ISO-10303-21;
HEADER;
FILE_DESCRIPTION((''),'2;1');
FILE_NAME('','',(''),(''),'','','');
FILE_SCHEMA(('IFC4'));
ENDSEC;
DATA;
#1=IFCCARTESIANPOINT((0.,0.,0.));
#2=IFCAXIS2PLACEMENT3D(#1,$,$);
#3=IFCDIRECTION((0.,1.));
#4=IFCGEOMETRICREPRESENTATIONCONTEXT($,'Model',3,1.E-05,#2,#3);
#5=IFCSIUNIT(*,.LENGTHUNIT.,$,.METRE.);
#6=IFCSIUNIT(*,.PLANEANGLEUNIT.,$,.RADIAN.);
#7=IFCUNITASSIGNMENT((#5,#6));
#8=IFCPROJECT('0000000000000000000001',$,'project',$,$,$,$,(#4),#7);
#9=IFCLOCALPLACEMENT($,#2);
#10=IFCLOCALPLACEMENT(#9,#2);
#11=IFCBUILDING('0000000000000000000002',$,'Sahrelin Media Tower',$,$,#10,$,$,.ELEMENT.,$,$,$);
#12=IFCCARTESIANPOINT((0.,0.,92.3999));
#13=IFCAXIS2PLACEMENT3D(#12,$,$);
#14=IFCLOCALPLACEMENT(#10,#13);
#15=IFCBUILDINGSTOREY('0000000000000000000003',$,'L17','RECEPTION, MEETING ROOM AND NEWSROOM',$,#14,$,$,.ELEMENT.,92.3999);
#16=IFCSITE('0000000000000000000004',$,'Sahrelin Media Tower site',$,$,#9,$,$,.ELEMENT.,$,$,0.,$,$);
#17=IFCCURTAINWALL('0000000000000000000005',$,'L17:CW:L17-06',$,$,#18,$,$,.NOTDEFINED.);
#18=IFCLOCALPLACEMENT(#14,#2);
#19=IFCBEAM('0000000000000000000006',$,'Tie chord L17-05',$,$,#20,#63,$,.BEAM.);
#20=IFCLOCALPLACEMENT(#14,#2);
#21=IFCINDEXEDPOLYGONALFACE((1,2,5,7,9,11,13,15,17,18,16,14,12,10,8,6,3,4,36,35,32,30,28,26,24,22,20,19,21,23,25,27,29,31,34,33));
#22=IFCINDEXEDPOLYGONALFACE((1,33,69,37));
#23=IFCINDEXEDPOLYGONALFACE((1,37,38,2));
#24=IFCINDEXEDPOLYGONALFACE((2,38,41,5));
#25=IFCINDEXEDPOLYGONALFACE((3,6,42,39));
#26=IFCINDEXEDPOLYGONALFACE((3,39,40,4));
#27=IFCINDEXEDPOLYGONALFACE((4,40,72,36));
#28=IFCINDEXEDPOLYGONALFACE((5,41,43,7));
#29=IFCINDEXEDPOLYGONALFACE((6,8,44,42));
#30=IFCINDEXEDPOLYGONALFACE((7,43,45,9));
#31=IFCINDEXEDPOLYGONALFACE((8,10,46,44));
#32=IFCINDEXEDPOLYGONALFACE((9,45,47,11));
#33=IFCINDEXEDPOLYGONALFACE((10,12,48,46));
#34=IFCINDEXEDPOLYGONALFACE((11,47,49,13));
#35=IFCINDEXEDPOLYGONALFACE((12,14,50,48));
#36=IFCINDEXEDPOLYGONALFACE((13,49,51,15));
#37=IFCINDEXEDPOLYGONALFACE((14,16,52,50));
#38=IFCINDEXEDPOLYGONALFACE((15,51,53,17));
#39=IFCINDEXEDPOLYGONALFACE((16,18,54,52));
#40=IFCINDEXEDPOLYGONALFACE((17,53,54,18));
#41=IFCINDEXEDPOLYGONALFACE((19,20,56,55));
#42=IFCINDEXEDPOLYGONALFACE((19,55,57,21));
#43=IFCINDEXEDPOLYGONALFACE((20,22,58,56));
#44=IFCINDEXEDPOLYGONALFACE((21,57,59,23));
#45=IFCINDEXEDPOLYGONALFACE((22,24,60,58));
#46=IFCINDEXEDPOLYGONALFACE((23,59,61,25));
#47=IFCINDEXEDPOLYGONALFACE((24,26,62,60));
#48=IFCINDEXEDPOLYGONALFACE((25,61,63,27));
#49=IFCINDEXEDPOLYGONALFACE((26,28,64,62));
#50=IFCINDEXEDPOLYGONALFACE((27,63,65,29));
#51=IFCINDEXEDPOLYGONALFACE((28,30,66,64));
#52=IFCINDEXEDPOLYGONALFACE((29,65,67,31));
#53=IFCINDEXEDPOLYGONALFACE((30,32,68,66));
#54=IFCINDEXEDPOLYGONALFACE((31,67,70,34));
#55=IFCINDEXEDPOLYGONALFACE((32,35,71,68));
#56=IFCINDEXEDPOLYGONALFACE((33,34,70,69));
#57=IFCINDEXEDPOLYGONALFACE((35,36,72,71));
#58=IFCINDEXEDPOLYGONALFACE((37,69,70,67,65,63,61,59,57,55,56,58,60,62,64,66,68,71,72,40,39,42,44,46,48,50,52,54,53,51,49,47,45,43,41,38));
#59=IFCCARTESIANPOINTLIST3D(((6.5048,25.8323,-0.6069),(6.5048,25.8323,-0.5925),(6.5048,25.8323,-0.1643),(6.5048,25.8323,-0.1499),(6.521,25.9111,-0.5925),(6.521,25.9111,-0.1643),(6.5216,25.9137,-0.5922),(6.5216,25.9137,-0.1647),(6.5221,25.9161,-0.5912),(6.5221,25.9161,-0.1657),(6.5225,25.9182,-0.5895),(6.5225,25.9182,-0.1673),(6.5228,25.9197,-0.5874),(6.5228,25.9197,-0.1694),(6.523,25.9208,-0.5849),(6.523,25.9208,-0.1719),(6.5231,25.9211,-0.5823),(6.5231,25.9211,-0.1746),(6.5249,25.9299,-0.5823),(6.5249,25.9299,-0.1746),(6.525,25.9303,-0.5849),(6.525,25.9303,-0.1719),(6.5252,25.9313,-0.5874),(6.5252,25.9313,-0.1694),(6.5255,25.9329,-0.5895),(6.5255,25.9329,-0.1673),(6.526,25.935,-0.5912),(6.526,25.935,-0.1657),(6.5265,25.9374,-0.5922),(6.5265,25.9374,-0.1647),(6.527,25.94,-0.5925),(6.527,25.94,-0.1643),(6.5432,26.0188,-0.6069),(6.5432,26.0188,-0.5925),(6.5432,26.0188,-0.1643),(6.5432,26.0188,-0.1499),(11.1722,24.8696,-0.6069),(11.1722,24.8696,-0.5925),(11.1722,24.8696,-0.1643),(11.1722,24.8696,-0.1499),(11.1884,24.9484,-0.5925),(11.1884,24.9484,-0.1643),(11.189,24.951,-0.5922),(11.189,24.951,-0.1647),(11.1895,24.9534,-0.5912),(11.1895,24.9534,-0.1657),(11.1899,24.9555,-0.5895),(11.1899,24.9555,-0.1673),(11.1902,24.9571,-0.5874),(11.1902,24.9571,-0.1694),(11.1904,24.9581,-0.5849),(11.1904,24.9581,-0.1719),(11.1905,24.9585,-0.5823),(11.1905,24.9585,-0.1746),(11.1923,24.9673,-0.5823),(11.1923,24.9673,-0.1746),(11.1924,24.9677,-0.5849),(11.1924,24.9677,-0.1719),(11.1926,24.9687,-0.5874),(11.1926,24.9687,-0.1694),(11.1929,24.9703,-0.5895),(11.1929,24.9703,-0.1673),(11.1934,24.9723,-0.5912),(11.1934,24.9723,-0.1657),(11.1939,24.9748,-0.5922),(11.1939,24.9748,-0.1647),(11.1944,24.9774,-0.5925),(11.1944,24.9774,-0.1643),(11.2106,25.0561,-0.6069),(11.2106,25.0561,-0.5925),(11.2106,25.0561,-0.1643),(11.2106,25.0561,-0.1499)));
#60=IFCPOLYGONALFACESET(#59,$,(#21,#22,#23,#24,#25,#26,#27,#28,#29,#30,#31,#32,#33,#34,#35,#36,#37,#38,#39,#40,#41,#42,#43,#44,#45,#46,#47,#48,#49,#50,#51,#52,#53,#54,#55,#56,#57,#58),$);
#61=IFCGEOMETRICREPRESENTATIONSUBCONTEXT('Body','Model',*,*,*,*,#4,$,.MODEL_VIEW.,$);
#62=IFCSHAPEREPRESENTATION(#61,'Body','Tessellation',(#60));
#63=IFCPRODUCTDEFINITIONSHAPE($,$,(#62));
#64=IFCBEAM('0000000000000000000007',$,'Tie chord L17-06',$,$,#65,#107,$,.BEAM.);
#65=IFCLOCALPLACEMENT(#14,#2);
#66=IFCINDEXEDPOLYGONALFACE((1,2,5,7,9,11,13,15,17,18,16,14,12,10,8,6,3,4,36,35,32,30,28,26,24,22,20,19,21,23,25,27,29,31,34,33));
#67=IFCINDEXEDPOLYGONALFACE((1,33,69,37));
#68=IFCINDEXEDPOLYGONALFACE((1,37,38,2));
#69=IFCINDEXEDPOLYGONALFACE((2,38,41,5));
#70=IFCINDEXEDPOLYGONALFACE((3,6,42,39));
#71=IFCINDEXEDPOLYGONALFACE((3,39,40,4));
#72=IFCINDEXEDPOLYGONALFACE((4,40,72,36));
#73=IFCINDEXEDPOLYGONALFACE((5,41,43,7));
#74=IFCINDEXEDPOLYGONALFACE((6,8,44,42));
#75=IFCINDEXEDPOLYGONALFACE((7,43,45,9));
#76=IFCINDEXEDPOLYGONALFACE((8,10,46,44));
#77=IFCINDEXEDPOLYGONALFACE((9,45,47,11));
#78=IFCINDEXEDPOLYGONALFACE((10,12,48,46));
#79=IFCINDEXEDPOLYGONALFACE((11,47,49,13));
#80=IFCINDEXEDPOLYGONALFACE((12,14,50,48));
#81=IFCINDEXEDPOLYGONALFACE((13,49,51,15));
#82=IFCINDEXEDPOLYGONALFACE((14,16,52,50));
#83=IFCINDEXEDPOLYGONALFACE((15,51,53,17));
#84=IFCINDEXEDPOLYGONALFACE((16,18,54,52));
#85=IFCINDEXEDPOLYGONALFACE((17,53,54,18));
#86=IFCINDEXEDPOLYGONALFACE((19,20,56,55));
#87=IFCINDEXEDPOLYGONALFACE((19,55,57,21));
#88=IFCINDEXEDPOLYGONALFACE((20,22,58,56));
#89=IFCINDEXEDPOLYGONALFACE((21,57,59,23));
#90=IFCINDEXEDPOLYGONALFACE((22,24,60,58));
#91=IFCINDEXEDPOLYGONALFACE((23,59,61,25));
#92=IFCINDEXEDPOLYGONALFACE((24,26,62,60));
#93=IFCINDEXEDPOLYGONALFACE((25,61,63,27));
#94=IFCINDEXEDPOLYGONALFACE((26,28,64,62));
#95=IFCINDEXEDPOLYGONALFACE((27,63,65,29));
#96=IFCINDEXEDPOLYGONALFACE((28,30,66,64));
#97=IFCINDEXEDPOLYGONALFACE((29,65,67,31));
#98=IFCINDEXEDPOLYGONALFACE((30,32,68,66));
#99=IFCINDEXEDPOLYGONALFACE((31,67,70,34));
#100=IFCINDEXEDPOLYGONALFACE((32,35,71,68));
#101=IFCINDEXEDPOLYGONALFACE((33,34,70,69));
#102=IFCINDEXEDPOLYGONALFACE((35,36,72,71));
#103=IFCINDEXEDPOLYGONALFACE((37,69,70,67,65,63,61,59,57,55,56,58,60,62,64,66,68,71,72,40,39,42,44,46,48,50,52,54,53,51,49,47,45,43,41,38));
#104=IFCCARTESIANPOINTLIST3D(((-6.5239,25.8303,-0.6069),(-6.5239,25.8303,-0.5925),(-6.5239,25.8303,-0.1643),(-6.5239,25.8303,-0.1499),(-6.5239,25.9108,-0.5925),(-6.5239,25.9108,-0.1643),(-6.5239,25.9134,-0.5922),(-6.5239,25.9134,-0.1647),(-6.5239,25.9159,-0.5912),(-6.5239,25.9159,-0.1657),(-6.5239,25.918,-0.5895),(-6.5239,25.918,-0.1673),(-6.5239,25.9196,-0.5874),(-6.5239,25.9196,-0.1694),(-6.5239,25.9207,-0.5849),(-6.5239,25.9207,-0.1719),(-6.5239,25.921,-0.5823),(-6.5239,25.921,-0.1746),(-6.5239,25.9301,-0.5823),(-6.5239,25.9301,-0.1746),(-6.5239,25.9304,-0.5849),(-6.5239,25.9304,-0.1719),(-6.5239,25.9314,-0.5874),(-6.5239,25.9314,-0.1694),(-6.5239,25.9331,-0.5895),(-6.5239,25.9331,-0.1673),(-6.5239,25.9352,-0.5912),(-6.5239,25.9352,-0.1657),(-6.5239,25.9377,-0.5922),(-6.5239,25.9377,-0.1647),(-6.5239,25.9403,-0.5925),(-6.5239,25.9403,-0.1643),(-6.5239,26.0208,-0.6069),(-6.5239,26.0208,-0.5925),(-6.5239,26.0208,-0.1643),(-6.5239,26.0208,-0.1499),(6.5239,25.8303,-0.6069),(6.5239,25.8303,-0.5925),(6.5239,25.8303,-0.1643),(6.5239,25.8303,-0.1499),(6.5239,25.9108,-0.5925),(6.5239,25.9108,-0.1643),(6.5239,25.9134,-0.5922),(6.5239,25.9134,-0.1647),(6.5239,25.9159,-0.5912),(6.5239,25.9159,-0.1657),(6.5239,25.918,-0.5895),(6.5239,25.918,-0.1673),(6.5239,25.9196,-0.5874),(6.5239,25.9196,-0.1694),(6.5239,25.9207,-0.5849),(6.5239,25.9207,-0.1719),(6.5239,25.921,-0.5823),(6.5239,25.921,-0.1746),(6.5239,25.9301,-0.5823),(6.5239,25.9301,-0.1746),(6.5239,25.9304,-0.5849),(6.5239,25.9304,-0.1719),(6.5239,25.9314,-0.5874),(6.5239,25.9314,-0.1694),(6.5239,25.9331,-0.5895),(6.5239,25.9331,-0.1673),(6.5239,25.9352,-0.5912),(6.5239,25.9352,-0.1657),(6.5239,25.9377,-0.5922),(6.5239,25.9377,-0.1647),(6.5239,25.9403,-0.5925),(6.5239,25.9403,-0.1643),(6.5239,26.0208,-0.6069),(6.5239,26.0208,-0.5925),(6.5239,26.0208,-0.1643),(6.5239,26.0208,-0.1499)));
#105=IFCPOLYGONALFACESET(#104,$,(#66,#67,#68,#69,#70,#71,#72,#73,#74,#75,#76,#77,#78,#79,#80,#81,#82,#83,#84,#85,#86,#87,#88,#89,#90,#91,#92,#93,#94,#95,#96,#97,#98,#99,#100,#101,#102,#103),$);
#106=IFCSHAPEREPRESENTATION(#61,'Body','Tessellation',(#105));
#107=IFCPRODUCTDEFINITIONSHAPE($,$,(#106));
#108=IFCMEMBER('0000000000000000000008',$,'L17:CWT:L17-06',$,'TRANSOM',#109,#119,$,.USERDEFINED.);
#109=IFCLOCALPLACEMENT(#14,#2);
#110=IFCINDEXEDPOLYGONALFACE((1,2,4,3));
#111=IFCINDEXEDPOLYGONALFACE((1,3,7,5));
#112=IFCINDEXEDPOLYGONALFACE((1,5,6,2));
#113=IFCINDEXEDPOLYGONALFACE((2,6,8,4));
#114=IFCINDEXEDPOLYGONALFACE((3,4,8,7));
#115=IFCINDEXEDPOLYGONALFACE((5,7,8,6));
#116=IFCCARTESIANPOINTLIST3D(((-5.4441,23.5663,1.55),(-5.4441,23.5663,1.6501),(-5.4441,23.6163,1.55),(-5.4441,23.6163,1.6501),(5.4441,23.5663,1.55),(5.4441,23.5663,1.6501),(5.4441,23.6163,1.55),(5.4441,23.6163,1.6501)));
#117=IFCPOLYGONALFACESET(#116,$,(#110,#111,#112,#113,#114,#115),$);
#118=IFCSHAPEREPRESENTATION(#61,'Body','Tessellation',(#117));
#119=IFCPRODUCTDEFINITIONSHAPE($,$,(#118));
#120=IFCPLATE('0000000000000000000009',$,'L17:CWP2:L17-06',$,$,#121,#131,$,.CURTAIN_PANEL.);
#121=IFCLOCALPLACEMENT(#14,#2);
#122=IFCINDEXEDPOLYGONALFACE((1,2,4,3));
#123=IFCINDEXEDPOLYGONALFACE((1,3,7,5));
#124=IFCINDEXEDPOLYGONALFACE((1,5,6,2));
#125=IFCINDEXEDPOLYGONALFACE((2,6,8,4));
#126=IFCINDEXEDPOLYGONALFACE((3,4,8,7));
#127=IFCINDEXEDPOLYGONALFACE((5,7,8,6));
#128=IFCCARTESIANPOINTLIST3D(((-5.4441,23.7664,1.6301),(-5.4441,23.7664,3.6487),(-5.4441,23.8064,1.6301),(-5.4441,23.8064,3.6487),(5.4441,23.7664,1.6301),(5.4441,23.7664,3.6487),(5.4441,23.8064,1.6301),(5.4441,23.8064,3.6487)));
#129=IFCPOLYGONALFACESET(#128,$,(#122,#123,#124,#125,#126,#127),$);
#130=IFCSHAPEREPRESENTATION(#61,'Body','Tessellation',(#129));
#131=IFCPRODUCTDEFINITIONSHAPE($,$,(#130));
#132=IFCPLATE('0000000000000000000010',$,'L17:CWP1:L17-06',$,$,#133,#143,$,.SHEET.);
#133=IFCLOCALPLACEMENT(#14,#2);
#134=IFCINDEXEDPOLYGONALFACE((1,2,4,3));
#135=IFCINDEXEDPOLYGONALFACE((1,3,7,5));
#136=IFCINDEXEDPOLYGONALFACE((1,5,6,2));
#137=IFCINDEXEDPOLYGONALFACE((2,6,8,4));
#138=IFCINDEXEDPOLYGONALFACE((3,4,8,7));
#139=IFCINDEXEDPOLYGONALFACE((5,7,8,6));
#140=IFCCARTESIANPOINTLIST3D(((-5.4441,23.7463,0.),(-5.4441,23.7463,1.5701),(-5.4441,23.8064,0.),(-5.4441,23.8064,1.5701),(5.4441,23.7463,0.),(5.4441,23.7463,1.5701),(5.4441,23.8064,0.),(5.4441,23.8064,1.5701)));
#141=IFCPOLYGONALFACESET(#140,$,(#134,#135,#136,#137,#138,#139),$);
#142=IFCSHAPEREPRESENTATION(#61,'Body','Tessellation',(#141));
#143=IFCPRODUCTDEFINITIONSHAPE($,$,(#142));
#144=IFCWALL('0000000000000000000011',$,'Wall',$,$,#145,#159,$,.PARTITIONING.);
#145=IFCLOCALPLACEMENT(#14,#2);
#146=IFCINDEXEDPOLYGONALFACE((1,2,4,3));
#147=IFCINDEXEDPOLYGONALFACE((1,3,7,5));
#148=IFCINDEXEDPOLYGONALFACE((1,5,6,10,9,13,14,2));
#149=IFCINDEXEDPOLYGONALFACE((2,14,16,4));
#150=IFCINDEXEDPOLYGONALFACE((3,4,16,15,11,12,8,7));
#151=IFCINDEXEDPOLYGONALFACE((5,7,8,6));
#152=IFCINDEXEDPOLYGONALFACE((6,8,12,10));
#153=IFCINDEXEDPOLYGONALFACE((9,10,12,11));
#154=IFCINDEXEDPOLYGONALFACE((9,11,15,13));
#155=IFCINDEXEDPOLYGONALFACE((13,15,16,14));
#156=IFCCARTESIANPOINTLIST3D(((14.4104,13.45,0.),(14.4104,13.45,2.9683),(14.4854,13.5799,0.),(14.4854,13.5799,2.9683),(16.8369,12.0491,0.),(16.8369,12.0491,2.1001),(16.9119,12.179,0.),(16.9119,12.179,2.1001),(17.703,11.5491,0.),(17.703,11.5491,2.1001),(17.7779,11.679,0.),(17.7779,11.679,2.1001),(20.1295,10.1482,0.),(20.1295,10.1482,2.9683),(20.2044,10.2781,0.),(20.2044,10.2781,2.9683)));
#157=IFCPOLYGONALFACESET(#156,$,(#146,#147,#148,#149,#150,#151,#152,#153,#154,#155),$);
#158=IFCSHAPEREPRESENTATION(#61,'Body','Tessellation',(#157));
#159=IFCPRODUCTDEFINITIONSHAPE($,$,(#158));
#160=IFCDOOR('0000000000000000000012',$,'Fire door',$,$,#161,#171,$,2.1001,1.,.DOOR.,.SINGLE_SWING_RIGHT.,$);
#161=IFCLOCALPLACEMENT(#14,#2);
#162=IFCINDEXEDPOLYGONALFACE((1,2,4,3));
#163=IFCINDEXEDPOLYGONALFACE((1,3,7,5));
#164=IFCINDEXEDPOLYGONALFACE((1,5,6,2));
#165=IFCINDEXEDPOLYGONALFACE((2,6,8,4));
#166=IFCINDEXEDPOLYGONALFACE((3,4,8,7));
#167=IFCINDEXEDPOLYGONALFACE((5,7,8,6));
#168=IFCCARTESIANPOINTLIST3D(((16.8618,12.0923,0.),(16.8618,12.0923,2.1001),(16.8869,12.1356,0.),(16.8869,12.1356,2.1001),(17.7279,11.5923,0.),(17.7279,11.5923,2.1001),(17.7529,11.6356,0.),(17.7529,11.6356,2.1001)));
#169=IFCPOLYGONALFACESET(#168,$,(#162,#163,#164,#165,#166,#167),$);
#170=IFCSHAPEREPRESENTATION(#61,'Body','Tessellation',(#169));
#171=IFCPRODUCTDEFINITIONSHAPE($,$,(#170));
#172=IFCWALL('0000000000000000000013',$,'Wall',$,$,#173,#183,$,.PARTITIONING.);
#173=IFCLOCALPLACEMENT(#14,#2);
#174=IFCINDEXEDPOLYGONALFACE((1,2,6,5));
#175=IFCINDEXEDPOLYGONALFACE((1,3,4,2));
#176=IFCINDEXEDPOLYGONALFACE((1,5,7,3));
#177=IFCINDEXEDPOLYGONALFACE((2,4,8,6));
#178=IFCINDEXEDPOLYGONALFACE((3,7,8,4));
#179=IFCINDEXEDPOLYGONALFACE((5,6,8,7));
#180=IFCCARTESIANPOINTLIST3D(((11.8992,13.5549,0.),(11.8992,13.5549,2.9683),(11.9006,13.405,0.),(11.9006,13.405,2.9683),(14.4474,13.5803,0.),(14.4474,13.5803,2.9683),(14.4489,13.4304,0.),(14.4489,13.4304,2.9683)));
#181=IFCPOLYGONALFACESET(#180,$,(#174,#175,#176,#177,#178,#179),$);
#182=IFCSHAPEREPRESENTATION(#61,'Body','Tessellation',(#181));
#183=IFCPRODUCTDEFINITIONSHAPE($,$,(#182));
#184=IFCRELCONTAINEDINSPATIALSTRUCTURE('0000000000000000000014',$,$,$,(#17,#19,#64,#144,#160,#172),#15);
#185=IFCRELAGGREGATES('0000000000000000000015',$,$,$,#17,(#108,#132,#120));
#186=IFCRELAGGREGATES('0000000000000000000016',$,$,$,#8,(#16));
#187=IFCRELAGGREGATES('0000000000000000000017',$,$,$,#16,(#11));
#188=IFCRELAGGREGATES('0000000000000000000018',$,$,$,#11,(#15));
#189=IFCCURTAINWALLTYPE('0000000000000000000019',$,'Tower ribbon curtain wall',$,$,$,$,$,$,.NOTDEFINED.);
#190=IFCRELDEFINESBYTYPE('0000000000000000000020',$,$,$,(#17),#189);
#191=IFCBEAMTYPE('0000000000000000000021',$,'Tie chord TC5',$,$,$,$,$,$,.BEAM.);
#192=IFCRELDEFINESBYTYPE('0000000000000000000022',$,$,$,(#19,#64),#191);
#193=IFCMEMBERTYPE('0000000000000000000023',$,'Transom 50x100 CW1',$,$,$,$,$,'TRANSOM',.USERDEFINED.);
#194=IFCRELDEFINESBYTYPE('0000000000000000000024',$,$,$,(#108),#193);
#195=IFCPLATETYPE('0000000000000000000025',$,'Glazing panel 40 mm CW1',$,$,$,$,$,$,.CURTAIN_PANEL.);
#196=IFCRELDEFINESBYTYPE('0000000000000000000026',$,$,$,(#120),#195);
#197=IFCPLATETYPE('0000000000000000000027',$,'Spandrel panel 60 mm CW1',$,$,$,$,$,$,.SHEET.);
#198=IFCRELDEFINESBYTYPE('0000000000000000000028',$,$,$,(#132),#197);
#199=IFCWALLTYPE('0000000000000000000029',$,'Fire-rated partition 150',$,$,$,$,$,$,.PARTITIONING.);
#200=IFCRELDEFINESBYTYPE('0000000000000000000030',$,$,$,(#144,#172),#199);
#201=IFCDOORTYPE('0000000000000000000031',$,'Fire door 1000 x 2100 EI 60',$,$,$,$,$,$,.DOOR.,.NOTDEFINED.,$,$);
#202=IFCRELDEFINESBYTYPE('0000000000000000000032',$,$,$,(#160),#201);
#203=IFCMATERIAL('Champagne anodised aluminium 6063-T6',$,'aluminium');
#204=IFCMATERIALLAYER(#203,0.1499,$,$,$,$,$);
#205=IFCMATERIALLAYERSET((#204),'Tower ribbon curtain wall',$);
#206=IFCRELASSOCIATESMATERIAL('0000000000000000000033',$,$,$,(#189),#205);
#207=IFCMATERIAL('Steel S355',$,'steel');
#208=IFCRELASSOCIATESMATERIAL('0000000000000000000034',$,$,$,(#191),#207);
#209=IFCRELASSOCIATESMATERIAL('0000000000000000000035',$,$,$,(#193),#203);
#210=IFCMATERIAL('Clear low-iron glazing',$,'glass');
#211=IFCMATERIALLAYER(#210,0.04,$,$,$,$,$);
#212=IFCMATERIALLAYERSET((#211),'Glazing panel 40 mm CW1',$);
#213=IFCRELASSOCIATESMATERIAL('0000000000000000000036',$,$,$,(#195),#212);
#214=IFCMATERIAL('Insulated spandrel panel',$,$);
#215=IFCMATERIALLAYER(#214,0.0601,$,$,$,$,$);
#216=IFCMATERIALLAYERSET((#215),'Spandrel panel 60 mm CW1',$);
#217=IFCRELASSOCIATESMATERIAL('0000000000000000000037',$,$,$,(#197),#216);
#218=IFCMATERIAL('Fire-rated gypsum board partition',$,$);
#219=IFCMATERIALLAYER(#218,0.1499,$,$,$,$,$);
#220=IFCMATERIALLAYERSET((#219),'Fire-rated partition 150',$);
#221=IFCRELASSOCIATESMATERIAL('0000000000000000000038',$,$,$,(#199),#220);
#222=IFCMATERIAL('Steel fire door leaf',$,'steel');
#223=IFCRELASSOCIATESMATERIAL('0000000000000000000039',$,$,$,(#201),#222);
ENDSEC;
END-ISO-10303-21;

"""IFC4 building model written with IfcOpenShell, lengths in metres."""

from ifc_helpers import new_model, si_unit, direction, frame, frame_2d, origin, origin_2d, place, context, subcontext, project, spatial, polyline, rectangle, i_section, outline, extrude, material, layer, layer_set, material_profile, profile_set, type_object, element, fill, aggregate, save


model = new_model("IFC4")

# Units and contexts
model_context = context("Model", 3, precision=1e-05, world=origin(), true_north=direction((0.0, 1.0)))
body_context = subcontext(model_context, "Body", "Model", "MODEL_VIEW")
ifc_project = project(units=[si_unit("LENGTHUNIT", "METRE"), si_unit("PLANEANGLEUNIT", "RADIAN")], contexts=[model_context])

# Site, building, storey
site_placement = place(None, origin())
site = spatial("IfcSite", under=ifc_project, at=site_placement, Name="Sahrelin Media Tower site", CompositionType="ELEMENT", RefElevation=0.0)
building_placement = place(site_placement, origin())
building = spatial("IfcBuilding", under=site, at=building_placement, Name="Sahrelin Media Tower", CompositionType="ELEMENT")
storey_placement = place(building_placement, frame((0.0, 0.0, 92.3999)))
storey = spatial("IfcBuildingStorey", under=building, at=storey_placement, Name="L17", Description="RECEPTION, MEETING ROOM AND NEWSROOM", CompositionType="ELEMENT", Elevation=92.3999)

# Shared definitions
ifc_material_1 = material(Name="Steel S355", Category="steel")

# Curtain wall
ifc_material_2 = material(Name="Champagne anodised aluminium 6063-T6", Category="aluminium")
ifc_layer_1 = layer(ifc_material_2, 0.1499)
ifc_layer_set_1 = layer_set([ifc_layer_1], Name="Tower ribbon curtain wall")
curtain_wall_type = type_object("IfcCurtainWallType", Name="Tower ribbon curtain wall", PredefinedType="NOTDEFINED", material=ifc_layer_set_1)
placement_1 = place(storey_placement, frame((0.0, 23.7864, 0.0), z_axis=(0.0, 0.0, 1.0), x_axis=(1.0, 0.0, 0.0)))
curtain_wall_1 = element("IfcCurtainWall", 1, at=placement_1, inside=storey, type_object=curtain_wall_type, Name="L17:CW:L17-06", PredefinedType="NOTDEFINED")

# Beams
ifc_material_profile_1 = material_profile(ifc_material_1, i_section(OverallWidth=0.1904, OverallDepth=0.457, WebThickness=0.009, FlangeThickness=0.0144, FilletRadius=0.0103, at=origin_2d()), Name="UB 457x191x74")
ifc_profile_set_1 = profile_set([ifc_material_profile_1], Name="Steel S355")
beam_type_1 = type_object("IfcBeamType", Name="Tie chord TC5", PredefinedType="BEAM", material=ifc_profile_set_1)
beam_1_placement = place(storey_placement, frame((11.1914, 24.9629, -0.3784), z_axis=(-0.979387, 0.201994, 0.0), x_axis=(-0.201994, -0.979387, 0.0)))
element("IfcBeam", 2, at=beam_1_placement, inside=storey, type_object=beam_type_1, Name="Tie chord L17-05", PredefinedType="BEAM", context=body_context, shape_type="SweptSolid", body=[
    extrude(i_section(OverallWidth=0.1904, OverallDepth=0.457, WebThickness=0.009, FlangeThickness=0.0144, FilletRadius=0.0103, at=origin_2d()), origin(), (0.0, 0.0, 1.0), 4.7656),
])
beam_2_placement = place(storey_placement, frame((6.5239, 25.9255, -0.3784), z_axis=(-1.0, 0.0, 0.0), x_axis=(0.0, -1.0, 0.0)))
element("IfcBeam", 3, at=beam_2_placement, inside=storey, type_object=beam_type_1, Name="Tie chord L17-06", PredefinedType="BEAM", context=body_context, shape_type="SweptSolid", body=[
    extrude(i_section(OverallWidth=0.1904, OverallDepth=0.457, WebThickness=0.009, FlangeThickness=0.0144, FilletRadius=0.0103, at=origin_2d()), origin(), (0.0, 0.0, 1.0), 13.0479),
])

# Member
ifc_material_profile_2 = material_profile(ifc_material_2, rectangle(XDim=0.05, YDim=0.1001, at=origin_2d()), Name="Transom 50x100")
ifc_profile_set_2 = profile_set([ifc_material_profile_2], Name="Champagne anodised aluminium 6063-T6")
member_type_1 = type_object("IfcMemberType", Name="Transom 50x100 CW1", ElementType="TRANSOM", PredefinedType="USERDEFINED", material=ifc_profile_set_2)
member_1_placement = place(storey_placement, frame((5.4441, 23.5913, 1.6001), z_axis=(-1.0, 0.0, 0.0), x_axis=(0.0, -1.0, 0.0)))
member_1 = element("IfcMember", 4, at=member_1_placement, type_object=member_type_1, Name="L17:CWT:L17-06", ObjectType="TRANSOM", PredefinedType="USERDEFINED", context=body_context, shape_type="SweptSolid", body=[
    extrude(rectangle(XDim=0.05, YDim=0.1001, at=origin_2d()), origin(), (0.0, 0.0, 1.0), 10.8882),
])

# Plates
ifc_material_3 = material(Name="Clear low-iron glazing", Category="glass")
ifc_layer_2 = layer(ifc_material_3, 0.04)
ifc_layer_set_2 = layer_set([ifc_layer_2], Name="Glazing panel 40 mm CW1")
plate_type_1 = type_object("IfcPlateType", Name="Glazing panel 40 mm CW1", PredefinedType="CURTAIN_PANEL", material=ifc_layer_set_2)
plate_1_placement = place(storey_placement, frame((5.4441, 23.8064, 1.6301), z_axis=(0.0, 1.0, 0.0), x_axis=(-1.0, 0.0, 0.0)))
plate_1 = element("IfcPlate", 5, at=plate_1_placement, type_object=plate_type_1, Name="L17:CWP2:L17-06", PredefinedType="CURTAIN_PANEL", context=body_context, shape_type="SweptSolid", body=[
    extrude(outline(polyline([(0.0, 0.0), (10.8882, 0.0), (10.8882, 2.0186), (0.0, 2.0186), (0.0, 0.0)])), origin(), (0.0, 0.0, -1.0), 0.04),
])
ifc_material_4 = material(Name="Insulated spandrel panel")
ifc_layer_3 = layer(ifc_material_4, 0.0601)
ifc_layer_set_3 = layer_set([ifc_layer_3], Name="Spandrel panel 60 mm CW1")
plate_type_2 = type_object("IfcPlateType", Name="Spandrel panel 60 mm CW1", PredefinedType="SHEET", material=ifc_layer_set_3)
plate_2_placement = place(storey_placement, frame((5.4441, 23.8064, 0.0), z_axis=(0.0, 1.0, 0.0), x_axis=(-1.0, 0.0, 0.0)))
plate_2 = element("IfcPlate", 6, at=plate_2_placement, type_object=plate_type_2, Name="L17:CWP1:L17-06", PredefinedType="SHEET", context=body_context, shape_type="SweptSolid", body=[
    extrude(outline(polyline([(0.0, 0.0), (10.8882, 0.0), (10.8882, 1.5701), (0.0, 1.5701), (0.0, 0.0)])), origin(), (0.0, 0.0, -1.0), 0.0601),
])
aggregate(curtain_wall_1, [member_1, plate_2, plate_1])

# Wall, opening, door
ifc_material_5 = material(Name="Fire-rated gypsum board partition")
ifc_layer_4 = layer(ifc_material_5, 0.1499)
ifc_layer_set_4 = layer_set([ifc_layer_4], Name="Fire-rated partition 150")
wall_type_1 = type_object("IfcWallType", Name="Fire-rated partition 150", PredefinedType="PARTITIONING", material=ifc_layer_set_4)
wall_1_placement = place(storey_placement, frame((14.448, 13.5149, 0.0), z_axis=(0.0, 0.0, 1.0), x_axis=(0.866032, -0.499988, 0.0)))
wall_1 = element("IfcWall", 7, at=wall_1_placement, inside=storey, type_object=wall_type_1, Name="Wall", PredefinedType="PARTITIONING", context=body_context, shape_type="SweptSolid", body=[
    extrude(rectangle(XDim=6.6038, YDim=0.1499, at=frame_2d((3.3018, 0.0))), origin(), (0.0, 0.0, 1.0), 2.9683),
])
opening_1_placement = place(wall_1_placement, frame((2.8018, 0.0, 0.0)))
opening_1 = element("IfcOpeningElement", 8, at=opening_1_placement, cuts=wall_1, PredefinedType="OPENING", context=body_context, shape_type="SweptSolid", body=[
    extrude(rectangle(XDim=1.0, YDim=2.1001, at=frame_2d((0.5, 1.05))), frame((0.0, 0.075, 0.0), z_axis=(0.0, -1.0, 0.0), x_axis=(1.0, 0.0, 0.0)), (0.0, 0.0, 1.0), 0.1499),
])
ifc_material_6 = material(Name="Steel fire door leaf", Category="steel")
door_type = type_object("IfcDoorType", Name="Fire door 1000 x 2100 EI 60", OperationType="NOTDEFINED", PredefinedType="DOOR", material=ifc_material_6)
door_1_placement = place(opening_1_placement, origin())
door_1 = element("IfcDoor", 9, at=door_1_placement, inside=storey, type_object=door_type, Name="Fire door", OperationType="SINGLE_SWING_RIGHT", OverallHeight=2.1001, OverallWidth=1.0, PredefinedType="DOOR", context=body_context, shape_type="SweptSolid", body=[
    extrude(rectangle(XDim=1.0, YDim=2.1001, at=frame_2d((0.5, 1.05))), frame((0.0, 0.0249, 0.0), z_axis=(0.0, -1.0, 0.0), x_axis=(1.0, 0.0, 0.0)), (0.0, 0.0, 1.0), 0.05),
])
fill(opening_1, door_1)

# Wall
wall_2_placement = place(storey_placement, frame((11.8999, 13.48, 0.0), z_axis=(0.0, 0.0, 1.0), x_axis=(0.99995, 0.009964, 0.0)))
element("IfcWall", 10, at=wall_2_placement, inside=storey, type_object=wall_type_1, Name="Wall", PredefinedType="PARTITIONING", context=body_context, shape_type="SweptSolid", body=[
    extrude(rectangle(XDim=2.5483, YDim=0.1499, at=frame_2d((1.2742, 0.0))), origin(), (0.0, 0.0, 1.0), 2.9683),
])

save(model, "model.ifc")
